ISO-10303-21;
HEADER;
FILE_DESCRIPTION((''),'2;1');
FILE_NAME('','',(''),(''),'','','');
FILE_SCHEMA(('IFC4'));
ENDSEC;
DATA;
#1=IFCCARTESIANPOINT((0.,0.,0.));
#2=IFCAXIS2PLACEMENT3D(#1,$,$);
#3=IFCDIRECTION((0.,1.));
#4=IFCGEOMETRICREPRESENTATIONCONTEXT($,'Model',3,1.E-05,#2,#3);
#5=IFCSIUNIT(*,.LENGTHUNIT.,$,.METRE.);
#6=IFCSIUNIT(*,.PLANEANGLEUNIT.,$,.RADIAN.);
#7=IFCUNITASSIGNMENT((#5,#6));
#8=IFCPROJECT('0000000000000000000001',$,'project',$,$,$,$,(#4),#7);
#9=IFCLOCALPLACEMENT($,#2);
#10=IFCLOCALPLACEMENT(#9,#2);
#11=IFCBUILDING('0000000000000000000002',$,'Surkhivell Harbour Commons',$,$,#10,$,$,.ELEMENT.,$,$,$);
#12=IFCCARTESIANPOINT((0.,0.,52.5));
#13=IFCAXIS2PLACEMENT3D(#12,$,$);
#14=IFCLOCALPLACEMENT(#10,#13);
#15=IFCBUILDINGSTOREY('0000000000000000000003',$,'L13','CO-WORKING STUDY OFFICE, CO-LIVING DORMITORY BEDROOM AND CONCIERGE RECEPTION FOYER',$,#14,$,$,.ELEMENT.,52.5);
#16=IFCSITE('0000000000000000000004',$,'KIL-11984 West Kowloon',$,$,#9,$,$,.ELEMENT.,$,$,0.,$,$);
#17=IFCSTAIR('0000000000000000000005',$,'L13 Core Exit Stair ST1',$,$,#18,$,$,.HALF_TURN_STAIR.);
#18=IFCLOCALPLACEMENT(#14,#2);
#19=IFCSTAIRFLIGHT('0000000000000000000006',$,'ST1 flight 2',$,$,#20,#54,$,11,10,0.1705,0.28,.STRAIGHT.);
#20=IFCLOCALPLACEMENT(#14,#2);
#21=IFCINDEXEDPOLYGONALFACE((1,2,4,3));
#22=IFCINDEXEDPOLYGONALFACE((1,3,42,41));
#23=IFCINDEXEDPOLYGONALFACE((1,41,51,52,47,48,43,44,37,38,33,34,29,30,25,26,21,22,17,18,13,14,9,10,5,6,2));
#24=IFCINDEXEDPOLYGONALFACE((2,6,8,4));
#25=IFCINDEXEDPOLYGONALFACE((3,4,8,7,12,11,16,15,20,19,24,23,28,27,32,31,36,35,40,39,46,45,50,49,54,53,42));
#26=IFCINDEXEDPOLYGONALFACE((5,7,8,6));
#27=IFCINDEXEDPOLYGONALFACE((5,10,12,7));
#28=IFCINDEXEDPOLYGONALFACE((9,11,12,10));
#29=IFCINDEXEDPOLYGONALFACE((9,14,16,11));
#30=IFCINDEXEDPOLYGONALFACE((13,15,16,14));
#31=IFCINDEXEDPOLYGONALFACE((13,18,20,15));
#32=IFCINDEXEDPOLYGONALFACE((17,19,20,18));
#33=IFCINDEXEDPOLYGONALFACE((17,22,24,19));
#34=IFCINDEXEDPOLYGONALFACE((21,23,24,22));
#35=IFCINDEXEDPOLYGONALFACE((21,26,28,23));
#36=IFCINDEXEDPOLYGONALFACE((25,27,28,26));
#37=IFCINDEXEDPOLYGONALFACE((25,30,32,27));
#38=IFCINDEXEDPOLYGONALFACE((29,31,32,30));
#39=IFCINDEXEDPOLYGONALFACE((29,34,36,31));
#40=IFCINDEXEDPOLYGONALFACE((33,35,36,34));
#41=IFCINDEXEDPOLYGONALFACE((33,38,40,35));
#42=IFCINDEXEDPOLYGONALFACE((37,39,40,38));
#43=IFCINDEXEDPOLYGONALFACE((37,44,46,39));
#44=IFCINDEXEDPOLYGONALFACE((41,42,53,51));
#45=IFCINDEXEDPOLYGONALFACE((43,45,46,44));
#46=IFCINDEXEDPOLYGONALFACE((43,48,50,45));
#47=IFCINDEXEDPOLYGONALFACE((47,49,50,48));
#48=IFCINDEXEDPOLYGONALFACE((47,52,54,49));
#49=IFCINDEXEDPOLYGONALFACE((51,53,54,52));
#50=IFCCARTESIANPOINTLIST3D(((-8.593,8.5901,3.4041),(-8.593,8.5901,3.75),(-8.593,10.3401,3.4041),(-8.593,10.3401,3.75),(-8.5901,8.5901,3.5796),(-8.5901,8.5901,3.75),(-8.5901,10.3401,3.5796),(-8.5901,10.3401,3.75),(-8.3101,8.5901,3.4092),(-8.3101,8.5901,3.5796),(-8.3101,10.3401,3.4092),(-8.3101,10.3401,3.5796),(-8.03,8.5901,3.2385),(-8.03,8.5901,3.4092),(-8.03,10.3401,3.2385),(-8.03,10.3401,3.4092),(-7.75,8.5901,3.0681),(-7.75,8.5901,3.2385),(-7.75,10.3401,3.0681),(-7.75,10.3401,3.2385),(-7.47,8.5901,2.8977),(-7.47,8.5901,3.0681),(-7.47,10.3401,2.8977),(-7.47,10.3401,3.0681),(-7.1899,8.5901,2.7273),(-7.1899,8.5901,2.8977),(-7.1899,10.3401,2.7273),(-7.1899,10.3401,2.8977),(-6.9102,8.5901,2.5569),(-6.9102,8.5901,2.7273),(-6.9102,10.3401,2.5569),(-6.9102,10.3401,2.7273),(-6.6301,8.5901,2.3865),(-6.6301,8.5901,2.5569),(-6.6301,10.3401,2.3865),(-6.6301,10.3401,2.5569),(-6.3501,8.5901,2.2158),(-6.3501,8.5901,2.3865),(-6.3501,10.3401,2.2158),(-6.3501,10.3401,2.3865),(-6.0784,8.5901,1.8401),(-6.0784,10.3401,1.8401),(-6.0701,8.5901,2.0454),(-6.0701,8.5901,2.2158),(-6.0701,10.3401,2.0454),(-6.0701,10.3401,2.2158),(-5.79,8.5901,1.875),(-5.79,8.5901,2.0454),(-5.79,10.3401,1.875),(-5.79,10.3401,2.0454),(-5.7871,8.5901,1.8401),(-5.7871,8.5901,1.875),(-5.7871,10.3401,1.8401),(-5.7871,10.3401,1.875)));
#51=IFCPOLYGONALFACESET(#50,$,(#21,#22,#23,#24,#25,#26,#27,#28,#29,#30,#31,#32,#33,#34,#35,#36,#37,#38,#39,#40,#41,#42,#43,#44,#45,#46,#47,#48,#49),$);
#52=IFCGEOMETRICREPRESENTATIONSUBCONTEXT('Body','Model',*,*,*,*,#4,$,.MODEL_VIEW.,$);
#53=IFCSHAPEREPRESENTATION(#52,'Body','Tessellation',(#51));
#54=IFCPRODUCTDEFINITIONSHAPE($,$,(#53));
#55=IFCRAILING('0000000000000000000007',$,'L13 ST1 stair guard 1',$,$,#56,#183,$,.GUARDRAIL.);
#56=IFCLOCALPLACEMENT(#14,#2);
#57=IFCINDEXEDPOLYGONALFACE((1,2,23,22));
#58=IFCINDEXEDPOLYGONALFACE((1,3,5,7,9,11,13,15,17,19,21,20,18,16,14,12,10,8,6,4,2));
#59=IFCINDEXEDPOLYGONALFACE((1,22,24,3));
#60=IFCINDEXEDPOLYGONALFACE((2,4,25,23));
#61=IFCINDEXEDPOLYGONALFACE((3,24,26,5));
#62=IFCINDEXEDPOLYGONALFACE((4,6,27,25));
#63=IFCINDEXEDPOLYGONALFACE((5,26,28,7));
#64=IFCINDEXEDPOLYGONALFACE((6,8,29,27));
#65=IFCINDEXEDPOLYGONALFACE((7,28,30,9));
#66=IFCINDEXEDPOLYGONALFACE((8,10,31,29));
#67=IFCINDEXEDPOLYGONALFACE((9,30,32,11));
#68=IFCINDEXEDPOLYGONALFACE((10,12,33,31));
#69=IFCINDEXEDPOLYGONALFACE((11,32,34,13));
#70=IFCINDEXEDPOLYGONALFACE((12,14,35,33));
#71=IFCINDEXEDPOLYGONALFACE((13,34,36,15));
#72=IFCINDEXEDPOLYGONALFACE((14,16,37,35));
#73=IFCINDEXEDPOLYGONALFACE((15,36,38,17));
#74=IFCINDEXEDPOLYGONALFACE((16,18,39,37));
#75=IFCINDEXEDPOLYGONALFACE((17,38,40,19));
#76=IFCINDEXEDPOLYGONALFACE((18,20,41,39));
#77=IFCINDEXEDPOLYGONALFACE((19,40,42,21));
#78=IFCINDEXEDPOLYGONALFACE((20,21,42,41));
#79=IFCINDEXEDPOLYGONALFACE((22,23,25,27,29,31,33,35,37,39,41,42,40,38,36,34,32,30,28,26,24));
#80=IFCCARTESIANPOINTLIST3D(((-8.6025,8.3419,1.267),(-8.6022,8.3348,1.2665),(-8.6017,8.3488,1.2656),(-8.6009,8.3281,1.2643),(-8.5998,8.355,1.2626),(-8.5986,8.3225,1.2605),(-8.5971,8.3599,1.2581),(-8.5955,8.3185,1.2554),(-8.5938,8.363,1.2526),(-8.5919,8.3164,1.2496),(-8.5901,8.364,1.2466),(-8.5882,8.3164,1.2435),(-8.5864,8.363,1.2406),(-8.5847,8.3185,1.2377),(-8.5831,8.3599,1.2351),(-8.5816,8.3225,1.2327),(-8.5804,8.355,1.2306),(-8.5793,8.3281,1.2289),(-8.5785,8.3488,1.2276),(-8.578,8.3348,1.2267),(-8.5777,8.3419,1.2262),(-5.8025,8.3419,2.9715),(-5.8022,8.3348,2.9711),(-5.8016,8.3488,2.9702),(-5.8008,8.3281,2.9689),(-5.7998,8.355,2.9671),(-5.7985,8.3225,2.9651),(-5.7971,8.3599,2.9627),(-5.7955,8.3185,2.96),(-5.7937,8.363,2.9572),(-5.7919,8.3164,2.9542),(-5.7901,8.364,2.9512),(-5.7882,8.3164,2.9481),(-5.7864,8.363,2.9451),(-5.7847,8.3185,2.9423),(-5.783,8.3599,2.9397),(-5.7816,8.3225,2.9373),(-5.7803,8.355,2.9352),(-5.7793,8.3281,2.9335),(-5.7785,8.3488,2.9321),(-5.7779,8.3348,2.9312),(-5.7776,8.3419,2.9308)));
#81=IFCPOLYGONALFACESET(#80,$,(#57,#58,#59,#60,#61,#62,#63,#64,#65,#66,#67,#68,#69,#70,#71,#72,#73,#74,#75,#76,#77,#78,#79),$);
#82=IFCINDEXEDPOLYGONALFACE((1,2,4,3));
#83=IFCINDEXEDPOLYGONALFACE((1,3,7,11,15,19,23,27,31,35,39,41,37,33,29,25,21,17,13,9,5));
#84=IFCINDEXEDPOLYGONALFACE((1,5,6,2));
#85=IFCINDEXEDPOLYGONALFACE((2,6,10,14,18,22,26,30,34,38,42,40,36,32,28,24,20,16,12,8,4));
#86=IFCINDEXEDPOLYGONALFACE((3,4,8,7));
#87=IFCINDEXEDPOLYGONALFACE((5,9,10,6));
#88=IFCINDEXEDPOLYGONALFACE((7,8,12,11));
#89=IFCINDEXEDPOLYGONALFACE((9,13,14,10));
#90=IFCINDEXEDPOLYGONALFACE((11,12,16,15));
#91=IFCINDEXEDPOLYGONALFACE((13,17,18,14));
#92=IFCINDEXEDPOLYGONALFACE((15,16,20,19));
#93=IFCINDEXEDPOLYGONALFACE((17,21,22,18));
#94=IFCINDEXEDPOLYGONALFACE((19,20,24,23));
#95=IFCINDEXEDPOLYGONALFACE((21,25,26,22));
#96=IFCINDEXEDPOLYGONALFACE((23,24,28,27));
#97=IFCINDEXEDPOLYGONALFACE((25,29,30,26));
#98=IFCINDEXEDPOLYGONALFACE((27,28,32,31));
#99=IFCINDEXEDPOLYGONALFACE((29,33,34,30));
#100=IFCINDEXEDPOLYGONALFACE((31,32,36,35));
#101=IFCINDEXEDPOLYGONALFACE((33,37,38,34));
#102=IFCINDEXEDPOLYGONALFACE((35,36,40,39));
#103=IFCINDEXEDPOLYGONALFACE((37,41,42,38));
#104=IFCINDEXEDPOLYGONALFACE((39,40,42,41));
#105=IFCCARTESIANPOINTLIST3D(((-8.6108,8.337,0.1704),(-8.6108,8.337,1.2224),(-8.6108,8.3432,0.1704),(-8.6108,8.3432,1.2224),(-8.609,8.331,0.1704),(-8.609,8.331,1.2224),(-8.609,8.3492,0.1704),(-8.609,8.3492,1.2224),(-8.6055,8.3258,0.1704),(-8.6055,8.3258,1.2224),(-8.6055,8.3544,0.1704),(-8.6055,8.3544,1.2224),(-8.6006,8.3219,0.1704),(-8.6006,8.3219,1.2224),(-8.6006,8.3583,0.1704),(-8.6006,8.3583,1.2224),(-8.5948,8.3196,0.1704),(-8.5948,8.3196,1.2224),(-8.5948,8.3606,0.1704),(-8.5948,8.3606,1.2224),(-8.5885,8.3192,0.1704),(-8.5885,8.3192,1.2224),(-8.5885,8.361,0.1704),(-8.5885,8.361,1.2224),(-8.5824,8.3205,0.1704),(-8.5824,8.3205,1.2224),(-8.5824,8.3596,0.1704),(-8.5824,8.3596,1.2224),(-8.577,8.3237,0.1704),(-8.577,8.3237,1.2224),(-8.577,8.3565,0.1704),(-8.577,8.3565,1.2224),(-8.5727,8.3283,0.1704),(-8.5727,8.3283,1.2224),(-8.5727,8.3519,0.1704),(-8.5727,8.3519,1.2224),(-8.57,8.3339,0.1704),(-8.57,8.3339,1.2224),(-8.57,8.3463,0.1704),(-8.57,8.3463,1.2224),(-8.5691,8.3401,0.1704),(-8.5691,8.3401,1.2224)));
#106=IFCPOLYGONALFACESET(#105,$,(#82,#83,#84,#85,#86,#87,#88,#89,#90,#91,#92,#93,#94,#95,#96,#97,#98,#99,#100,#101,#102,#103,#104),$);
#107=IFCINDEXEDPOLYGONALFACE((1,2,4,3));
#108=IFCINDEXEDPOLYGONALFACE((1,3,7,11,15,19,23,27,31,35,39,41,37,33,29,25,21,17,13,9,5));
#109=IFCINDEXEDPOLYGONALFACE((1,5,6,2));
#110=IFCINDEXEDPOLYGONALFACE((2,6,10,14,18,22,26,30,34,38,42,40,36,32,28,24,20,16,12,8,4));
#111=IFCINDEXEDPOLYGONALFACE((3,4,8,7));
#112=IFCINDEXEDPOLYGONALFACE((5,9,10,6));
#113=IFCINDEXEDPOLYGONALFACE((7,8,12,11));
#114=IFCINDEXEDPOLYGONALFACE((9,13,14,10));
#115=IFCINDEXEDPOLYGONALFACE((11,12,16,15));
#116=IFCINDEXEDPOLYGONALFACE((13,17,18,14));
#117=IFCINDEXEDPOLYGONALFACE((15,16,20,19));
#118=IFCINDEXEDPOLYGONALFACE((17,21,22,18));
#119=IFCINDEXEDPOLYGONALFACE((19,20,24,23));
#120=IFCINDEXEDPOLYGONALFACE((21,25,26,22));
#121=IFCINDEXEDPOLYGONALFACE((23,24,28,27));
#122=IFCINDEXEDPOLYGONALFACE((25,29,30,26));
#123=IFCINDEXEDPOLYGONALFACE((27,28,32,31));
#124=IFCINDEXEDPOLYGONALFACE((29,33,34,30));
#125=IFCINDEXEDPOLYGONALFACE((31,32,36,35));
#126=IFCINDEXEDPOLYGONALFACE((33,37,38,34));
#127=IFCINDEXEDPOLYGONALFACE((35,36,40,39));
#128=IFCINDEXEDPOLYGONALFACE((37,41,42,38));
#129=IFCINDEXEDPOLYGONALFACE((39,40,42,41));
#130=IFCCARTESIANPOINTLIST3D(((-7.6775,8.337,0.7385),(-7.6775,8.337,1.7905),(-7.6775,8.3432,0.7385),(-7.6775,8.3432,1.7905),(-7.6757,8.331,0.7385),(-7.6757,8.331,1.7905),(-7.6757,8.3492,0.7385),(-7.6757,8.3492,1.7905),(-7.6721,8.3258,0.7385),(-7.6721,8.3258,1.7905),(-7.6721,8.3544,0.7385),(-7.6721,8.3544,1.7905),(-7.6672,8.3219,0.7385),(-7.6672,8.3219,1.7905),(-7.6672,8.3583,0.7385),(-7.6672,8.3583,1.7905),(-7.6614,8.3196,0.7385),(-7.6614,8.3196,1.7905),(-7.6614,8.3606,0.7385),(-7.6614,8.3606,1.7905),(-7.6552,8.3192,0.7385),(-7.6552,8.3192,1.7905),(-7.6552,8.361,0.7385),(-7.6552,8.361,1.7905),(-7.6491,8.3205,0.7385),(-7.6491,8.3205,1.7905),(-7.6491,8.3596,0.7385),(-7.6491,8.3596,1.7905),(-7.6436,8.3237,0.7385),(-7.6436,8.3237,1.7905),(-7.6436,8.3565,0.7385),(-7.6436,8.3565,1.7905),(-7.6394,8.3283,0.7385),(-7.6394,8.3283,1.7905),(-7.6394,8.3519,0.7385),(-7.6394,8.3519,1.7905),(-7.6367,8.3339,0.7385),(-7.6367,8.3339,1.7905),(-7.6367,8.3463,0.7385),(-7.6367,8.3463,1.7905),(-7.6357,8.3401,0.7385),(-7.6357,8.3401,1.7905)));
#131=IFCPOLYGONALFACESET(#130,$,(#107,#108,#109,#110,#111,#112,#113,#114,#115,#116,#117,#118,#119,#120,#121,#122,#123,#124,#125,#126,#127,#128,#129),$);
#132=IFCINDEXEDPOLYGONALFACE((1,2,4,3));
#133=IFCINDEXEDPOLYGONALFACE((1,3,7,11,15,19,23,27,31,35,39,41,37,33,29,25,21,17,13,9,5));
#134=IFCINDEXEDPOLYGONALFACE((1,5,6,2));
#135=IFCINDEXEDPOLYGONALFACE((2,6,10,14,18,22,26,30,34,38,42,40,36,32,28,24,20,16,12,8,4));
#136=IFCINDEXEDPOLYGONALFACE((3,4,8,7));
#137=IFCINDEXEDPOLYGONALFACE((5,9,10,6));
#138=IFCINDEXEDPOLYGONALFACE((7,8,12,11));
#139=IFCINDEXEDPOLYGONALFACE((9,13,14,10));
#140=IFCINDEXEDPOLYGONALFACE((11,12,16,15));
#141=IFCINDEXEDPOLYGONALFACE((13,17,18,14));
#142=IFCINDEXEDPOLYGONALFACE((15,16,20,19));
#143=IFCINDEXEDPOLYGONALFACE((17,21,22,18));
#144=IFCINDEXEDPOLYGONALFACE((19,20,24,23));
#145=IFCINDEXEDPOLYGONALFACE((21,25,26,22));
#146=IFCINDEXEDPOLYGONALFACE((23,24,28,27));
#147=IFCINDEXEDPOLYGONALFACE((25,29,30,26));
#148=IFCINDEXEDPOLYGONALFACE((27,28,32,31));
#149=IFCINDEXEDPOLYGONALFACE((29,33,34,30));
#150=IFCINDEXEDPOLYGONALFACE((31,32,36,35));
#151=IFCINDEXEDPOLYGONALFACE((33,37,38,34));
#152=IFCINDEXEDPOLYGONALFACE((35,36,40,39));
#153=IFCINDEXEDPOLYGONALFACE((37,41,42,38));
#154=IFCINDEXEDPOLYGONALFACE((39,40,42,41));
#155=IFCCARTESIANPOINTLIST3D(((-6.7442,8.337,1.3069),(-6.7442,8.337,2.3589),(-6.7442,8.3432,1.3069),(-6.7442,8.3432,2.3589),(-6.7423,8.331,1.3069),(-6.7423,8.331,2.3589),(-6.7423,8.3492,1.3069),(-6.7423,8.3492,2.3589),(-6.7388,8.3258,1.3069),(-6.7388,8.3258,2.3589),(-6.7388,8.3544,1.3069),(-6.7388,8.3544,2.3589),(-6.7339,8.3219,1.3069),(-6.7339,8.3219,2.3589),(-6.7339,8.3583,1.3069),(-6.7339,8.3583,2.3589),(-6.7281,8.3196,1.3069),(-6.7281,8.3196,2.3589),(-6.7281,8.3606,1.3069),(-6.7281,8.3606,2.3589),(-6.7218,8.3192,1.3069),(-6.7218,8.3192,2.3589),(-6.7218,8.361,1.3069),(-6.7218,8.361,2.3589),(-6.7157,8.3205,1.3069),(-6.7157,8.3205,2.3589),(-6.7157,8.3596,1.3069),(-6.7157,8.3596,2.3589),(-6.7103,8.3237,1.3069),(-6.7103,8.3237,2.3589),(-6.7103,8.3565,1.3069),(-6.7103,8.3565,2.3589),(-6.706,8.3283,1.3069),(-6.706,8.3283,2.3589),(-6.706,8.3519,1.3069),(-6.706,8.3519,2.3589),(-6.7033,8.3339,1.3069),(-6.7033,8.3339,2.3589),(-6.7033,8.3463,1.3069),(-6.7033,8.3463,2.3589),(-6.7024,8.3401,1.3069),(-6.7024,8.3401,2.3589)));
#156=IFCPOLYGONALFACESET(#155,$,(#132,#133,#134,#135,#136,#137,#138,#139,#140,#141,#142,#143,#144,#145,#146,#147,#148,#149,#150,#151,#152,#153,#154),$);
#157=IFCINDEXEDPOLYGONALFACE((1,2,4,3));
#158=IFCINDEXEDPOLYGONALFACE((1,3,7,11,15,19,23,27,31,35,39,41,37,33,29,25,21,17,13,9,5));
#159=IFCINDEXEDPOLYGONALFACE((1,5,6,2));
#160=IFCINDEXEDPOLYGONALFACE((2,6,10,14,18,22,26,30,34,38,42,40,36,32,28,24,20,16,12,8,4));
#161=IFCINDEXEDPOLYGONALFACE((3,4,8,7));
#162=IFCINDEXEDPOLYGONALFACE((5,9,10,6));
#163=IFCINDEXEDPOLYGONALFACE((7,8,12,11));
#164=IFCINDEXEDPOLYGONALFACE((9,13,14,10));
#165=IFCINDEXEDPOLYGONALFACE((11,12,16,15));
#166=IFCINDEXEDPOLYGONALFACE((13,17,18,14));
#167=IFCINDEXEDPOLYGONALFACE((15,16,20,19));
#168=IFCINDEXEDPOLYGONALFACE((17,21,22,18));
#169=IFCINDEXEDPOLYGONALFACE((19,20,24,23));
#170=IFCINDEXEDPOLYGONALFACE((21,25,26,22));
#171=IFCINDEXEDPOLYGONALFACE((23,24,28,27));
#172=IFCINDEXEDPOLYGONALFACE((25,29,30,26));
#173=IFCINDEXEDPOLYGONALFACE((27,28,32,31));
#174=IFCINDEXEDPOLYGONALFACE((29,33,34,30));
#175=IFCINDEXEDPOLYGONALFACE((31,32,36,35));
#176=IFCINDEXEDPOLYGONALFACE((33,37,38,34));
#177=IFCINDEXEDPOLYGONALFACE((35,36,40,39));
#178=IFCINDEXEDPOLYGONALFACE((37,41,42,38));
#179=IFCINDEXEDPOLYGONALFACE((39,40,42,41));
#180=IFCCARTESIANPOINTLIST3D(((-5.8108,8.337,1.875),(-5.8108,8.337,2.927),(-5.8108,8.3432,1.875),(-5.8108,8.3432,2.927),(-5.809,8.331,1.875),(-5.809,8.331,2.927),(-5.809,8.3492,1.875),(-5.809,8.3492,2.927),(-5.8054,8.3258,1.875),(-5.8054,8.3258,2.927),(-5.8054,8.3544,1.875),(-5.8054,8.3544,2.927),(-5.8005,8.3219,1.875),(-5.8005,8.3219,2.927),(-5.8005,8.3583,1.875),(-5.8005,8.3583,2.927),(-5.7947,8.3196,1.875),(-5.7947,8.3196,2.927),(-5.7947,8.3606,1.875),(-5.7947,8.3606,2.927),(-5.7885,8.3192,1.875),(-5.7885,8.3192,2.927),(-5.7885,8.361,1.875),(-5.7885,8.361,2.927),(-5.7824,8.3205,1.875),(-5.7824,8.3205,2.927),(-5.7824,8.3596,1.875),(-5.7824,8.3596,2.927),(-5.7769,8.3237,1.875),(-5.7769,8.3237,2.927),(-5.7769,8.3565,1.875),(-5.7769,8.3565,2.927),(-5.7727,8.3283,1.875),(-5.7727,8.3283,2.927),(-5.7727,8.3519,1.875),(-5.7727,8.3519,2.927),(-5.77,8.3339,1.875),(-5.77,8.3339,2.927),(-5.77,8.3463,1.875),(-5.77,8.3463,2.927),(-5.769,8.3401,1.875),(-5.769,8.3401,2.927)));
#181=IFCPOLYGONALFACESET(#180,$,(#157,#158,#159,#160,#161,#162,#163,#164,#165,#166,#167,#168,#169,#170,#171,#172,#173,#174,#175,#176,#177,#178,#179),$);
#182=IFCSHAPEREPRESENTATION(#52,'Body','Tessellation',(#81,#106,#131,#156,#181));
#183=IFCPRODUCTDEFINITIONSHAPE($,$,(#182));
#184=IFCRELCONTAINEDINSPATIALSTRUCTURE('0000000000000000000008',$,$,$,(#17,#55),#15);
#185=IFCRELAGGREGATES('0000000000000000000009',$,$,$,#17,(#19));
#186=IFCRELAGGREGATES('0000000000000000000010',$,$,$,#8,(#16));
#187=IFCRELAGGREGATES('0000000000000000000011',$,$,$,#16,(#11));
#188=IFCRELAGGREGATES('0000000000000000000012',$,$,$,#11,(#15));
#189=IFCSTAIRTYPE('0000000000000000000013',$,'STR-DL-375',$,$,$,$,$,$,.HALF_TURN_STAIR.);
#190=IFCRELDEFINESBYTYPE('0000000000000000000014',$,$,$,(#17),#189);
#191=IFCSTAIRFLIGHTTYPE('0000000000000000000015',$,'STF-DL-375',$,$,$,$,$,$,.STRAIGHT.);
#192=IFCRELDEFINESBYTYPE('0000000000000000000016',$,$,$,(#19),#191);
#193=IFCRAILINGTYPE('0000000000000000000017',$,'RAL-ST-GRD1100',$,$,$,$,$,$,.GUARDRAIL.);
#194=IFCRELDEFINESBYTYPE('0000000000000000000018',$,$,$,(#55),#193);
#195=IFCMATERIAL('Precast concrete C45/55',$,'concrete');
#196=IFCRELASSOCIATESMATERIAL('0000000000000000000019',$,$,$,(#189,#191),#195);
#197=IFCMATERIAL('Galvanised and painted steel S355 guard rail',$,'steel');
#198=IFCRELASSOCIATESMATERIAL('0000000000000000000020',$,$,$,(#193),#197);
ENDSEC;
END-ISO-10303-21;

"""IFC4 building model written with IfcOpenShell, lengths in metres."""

from ifc_helpers import new_model, si_unit, direction, frame, origin, origin_2d, place, context, subcontext, project, spatial, polyline, circle, outline, extrude, material, type_object, element, aggregate, save


model = new_model("IFC4")

# Units and contexts
model_context = context("Model", 3, precision=1e-05, world=origin(), true_north=direction((0.0, 1.0)))
body_context = subcontext(model_context, "Body", "Model", "MODEL_VIEW")
ifc_project = project(units=[si_unit("LENGTHUNIT", "METRE"), si_unit("PLANEANGLEUNIT", "RADIAN")], contexts=[model_context])

# Site, building, storey
site_placement = place(None, origin())
site = spatial("IfcSite", under=ifc_project, at=site_placement, Name="KIL-11984 West Kowloon", CompositionType="ELEMENT", RefElevation=0.0)
building_placement = place(site_placement, origin())
building = spatial("IfcBuilding", under=site, at=building_placement, Name="Surkhivell Harbour Commons", CompositionType="ELEMENT")
storey_placement = place(building_placement, frame((0.0, 0.0, 52.5)))
storey = spatial("IfcBuildingStorey", under=building, at=storey_placement, Name="L13", Description="CO-WORKING STUDY OFFICE, CO-LIVING DORMITORY BEDROOM AND CONCIERGE RECEPTION FOYER", CompositionType="ELEMENT", Elevation=52.5)

# Stair, stair flight
ifc_material_1 = material(Name="Precast concrete C45/55", Category="concrete")
stair_type = type_object("IfcStairType", Name="STR-DL-375", PredefinedType="HALF_TURN_STAIR", material=ifc_material_1)
stair_placement = place(storey_placement, origin())
stair = element("IfcStair", 1, at=stair_placement, inside=storey, type_object=stair_type, Name="L13 Core Exit Stair ST1", PredefinedType="HALF_TURN_STAIR")
stair_flight_type = type_object("IfcStairFlightType", Name="STF-DL-375", PredefinedType="STRAIGHT", material=ifc_material_1)
stair_flight_1_placement = place(storey_placement, frame((-5.79, 9.4651, 1.875), z_axis=(0.0, 0.0, 1.0), x_axis=(-1.0, 0.0, 0.0)))
stair_flight_1 = element("IfcStairFlight", 2, at=stair_flight_1_placement, type_object=stair_flight_type, Name="ST1 flight 2", NumberOfRisers=11, NumberOfTreads=10, PredefinedType="STRAIGHT", RiserHeight=0.1705, TreadLength=0.28, context=body_context, shape_type="SweptSolid", body=[
    extrude(outline(polyline([(-0.0029, -0.0349), (-0.0029, 0.0), (0.0, 0.0), (0.0, 0.1704), (0.28, 0.1704), (0.28, 0.3408), (0.5601, 0.3408), (0.5601, 0.5115), (0.8401, 0.5115), (0.8401, 0.6819), (1.1201, 0.6819), (1.1201, 0.8523), (1.3999, 0.8523), (1.3999, 1.0227), (1.6799, 1.0227), (1.6799, 1.1931), (1.96, 1.1931), (1.96, 1.3635), (2.24, 1.3635), (2.24, 1.5342), (2.52, 1.5342), (2.52, 1.7046), (2.8, 1.7046), (2.8, 1.875), (2.803, 1.875), (2.803, 1.5291), (0.2883, -0.0349), (-0.0029, -0.0349)])), frame((0.0, 0.875, 0.0), z_axis=(0.0, -1.0, 0.0), x_axis=(1.0, 0.0, 0.0)), (0.0, 0.0, 1.0), 1.75),
])
aggregate(stair, [stair_flight_1])

# Railing
ifc_material_2 = material(Name="Galvanised and painted steel S355 guard rail", Category="steel")
railing_type_1 = type_object("IfcRailingType", Name="RAL-ST-GRD1100", PredefinedType="GUARDRAIL", material=ifc_material_2)
railing_1_placement = place(storey_placement, frame((-8.5901, 8.3401, 0.1704)))
element("IfcRailing", 3, at=railing_1_placement, inside=storey, type_object=railing_type_1, Name="L13 ST1 stair guard 1", PredefinedType="GUARDRAIL", context=body_context, shape_type="SweptSolid", body=[
    extrude(circle(Radius=0.0239, at=origin_2d()), frame((0.0, 0.0, 1.0762), z_axis=(0.85417, 0.0, 0.519994), x_axis=(0.0, 1.0, 0.0)), (0.0, 0.0, 1.0), 3.2781),
    extrude(circle(Radius=0.021, at=origin_2d()), origin(), (0.0, 0.0, 1.0), 1.052),
    extrude(circle(Radius=0.021, at=origin_2d()), frame((0.9333, 0.0, 0.5681)), (0.0, 0.0, 1.0), 1.052),
    extrude(circle(Radius=0.021, at=origin_2d()), frame((1.8667, 0.0, 1.1365)), (0.0, 0.0, 1.0), 1.052),
    extrude(circle(Radius=0.021, at=origin_2d()), frame((2.8, 0.0, 1.7046)), (0.0, 0.0, 1.0), 1.052),
])

save(model, "model.ifc")
